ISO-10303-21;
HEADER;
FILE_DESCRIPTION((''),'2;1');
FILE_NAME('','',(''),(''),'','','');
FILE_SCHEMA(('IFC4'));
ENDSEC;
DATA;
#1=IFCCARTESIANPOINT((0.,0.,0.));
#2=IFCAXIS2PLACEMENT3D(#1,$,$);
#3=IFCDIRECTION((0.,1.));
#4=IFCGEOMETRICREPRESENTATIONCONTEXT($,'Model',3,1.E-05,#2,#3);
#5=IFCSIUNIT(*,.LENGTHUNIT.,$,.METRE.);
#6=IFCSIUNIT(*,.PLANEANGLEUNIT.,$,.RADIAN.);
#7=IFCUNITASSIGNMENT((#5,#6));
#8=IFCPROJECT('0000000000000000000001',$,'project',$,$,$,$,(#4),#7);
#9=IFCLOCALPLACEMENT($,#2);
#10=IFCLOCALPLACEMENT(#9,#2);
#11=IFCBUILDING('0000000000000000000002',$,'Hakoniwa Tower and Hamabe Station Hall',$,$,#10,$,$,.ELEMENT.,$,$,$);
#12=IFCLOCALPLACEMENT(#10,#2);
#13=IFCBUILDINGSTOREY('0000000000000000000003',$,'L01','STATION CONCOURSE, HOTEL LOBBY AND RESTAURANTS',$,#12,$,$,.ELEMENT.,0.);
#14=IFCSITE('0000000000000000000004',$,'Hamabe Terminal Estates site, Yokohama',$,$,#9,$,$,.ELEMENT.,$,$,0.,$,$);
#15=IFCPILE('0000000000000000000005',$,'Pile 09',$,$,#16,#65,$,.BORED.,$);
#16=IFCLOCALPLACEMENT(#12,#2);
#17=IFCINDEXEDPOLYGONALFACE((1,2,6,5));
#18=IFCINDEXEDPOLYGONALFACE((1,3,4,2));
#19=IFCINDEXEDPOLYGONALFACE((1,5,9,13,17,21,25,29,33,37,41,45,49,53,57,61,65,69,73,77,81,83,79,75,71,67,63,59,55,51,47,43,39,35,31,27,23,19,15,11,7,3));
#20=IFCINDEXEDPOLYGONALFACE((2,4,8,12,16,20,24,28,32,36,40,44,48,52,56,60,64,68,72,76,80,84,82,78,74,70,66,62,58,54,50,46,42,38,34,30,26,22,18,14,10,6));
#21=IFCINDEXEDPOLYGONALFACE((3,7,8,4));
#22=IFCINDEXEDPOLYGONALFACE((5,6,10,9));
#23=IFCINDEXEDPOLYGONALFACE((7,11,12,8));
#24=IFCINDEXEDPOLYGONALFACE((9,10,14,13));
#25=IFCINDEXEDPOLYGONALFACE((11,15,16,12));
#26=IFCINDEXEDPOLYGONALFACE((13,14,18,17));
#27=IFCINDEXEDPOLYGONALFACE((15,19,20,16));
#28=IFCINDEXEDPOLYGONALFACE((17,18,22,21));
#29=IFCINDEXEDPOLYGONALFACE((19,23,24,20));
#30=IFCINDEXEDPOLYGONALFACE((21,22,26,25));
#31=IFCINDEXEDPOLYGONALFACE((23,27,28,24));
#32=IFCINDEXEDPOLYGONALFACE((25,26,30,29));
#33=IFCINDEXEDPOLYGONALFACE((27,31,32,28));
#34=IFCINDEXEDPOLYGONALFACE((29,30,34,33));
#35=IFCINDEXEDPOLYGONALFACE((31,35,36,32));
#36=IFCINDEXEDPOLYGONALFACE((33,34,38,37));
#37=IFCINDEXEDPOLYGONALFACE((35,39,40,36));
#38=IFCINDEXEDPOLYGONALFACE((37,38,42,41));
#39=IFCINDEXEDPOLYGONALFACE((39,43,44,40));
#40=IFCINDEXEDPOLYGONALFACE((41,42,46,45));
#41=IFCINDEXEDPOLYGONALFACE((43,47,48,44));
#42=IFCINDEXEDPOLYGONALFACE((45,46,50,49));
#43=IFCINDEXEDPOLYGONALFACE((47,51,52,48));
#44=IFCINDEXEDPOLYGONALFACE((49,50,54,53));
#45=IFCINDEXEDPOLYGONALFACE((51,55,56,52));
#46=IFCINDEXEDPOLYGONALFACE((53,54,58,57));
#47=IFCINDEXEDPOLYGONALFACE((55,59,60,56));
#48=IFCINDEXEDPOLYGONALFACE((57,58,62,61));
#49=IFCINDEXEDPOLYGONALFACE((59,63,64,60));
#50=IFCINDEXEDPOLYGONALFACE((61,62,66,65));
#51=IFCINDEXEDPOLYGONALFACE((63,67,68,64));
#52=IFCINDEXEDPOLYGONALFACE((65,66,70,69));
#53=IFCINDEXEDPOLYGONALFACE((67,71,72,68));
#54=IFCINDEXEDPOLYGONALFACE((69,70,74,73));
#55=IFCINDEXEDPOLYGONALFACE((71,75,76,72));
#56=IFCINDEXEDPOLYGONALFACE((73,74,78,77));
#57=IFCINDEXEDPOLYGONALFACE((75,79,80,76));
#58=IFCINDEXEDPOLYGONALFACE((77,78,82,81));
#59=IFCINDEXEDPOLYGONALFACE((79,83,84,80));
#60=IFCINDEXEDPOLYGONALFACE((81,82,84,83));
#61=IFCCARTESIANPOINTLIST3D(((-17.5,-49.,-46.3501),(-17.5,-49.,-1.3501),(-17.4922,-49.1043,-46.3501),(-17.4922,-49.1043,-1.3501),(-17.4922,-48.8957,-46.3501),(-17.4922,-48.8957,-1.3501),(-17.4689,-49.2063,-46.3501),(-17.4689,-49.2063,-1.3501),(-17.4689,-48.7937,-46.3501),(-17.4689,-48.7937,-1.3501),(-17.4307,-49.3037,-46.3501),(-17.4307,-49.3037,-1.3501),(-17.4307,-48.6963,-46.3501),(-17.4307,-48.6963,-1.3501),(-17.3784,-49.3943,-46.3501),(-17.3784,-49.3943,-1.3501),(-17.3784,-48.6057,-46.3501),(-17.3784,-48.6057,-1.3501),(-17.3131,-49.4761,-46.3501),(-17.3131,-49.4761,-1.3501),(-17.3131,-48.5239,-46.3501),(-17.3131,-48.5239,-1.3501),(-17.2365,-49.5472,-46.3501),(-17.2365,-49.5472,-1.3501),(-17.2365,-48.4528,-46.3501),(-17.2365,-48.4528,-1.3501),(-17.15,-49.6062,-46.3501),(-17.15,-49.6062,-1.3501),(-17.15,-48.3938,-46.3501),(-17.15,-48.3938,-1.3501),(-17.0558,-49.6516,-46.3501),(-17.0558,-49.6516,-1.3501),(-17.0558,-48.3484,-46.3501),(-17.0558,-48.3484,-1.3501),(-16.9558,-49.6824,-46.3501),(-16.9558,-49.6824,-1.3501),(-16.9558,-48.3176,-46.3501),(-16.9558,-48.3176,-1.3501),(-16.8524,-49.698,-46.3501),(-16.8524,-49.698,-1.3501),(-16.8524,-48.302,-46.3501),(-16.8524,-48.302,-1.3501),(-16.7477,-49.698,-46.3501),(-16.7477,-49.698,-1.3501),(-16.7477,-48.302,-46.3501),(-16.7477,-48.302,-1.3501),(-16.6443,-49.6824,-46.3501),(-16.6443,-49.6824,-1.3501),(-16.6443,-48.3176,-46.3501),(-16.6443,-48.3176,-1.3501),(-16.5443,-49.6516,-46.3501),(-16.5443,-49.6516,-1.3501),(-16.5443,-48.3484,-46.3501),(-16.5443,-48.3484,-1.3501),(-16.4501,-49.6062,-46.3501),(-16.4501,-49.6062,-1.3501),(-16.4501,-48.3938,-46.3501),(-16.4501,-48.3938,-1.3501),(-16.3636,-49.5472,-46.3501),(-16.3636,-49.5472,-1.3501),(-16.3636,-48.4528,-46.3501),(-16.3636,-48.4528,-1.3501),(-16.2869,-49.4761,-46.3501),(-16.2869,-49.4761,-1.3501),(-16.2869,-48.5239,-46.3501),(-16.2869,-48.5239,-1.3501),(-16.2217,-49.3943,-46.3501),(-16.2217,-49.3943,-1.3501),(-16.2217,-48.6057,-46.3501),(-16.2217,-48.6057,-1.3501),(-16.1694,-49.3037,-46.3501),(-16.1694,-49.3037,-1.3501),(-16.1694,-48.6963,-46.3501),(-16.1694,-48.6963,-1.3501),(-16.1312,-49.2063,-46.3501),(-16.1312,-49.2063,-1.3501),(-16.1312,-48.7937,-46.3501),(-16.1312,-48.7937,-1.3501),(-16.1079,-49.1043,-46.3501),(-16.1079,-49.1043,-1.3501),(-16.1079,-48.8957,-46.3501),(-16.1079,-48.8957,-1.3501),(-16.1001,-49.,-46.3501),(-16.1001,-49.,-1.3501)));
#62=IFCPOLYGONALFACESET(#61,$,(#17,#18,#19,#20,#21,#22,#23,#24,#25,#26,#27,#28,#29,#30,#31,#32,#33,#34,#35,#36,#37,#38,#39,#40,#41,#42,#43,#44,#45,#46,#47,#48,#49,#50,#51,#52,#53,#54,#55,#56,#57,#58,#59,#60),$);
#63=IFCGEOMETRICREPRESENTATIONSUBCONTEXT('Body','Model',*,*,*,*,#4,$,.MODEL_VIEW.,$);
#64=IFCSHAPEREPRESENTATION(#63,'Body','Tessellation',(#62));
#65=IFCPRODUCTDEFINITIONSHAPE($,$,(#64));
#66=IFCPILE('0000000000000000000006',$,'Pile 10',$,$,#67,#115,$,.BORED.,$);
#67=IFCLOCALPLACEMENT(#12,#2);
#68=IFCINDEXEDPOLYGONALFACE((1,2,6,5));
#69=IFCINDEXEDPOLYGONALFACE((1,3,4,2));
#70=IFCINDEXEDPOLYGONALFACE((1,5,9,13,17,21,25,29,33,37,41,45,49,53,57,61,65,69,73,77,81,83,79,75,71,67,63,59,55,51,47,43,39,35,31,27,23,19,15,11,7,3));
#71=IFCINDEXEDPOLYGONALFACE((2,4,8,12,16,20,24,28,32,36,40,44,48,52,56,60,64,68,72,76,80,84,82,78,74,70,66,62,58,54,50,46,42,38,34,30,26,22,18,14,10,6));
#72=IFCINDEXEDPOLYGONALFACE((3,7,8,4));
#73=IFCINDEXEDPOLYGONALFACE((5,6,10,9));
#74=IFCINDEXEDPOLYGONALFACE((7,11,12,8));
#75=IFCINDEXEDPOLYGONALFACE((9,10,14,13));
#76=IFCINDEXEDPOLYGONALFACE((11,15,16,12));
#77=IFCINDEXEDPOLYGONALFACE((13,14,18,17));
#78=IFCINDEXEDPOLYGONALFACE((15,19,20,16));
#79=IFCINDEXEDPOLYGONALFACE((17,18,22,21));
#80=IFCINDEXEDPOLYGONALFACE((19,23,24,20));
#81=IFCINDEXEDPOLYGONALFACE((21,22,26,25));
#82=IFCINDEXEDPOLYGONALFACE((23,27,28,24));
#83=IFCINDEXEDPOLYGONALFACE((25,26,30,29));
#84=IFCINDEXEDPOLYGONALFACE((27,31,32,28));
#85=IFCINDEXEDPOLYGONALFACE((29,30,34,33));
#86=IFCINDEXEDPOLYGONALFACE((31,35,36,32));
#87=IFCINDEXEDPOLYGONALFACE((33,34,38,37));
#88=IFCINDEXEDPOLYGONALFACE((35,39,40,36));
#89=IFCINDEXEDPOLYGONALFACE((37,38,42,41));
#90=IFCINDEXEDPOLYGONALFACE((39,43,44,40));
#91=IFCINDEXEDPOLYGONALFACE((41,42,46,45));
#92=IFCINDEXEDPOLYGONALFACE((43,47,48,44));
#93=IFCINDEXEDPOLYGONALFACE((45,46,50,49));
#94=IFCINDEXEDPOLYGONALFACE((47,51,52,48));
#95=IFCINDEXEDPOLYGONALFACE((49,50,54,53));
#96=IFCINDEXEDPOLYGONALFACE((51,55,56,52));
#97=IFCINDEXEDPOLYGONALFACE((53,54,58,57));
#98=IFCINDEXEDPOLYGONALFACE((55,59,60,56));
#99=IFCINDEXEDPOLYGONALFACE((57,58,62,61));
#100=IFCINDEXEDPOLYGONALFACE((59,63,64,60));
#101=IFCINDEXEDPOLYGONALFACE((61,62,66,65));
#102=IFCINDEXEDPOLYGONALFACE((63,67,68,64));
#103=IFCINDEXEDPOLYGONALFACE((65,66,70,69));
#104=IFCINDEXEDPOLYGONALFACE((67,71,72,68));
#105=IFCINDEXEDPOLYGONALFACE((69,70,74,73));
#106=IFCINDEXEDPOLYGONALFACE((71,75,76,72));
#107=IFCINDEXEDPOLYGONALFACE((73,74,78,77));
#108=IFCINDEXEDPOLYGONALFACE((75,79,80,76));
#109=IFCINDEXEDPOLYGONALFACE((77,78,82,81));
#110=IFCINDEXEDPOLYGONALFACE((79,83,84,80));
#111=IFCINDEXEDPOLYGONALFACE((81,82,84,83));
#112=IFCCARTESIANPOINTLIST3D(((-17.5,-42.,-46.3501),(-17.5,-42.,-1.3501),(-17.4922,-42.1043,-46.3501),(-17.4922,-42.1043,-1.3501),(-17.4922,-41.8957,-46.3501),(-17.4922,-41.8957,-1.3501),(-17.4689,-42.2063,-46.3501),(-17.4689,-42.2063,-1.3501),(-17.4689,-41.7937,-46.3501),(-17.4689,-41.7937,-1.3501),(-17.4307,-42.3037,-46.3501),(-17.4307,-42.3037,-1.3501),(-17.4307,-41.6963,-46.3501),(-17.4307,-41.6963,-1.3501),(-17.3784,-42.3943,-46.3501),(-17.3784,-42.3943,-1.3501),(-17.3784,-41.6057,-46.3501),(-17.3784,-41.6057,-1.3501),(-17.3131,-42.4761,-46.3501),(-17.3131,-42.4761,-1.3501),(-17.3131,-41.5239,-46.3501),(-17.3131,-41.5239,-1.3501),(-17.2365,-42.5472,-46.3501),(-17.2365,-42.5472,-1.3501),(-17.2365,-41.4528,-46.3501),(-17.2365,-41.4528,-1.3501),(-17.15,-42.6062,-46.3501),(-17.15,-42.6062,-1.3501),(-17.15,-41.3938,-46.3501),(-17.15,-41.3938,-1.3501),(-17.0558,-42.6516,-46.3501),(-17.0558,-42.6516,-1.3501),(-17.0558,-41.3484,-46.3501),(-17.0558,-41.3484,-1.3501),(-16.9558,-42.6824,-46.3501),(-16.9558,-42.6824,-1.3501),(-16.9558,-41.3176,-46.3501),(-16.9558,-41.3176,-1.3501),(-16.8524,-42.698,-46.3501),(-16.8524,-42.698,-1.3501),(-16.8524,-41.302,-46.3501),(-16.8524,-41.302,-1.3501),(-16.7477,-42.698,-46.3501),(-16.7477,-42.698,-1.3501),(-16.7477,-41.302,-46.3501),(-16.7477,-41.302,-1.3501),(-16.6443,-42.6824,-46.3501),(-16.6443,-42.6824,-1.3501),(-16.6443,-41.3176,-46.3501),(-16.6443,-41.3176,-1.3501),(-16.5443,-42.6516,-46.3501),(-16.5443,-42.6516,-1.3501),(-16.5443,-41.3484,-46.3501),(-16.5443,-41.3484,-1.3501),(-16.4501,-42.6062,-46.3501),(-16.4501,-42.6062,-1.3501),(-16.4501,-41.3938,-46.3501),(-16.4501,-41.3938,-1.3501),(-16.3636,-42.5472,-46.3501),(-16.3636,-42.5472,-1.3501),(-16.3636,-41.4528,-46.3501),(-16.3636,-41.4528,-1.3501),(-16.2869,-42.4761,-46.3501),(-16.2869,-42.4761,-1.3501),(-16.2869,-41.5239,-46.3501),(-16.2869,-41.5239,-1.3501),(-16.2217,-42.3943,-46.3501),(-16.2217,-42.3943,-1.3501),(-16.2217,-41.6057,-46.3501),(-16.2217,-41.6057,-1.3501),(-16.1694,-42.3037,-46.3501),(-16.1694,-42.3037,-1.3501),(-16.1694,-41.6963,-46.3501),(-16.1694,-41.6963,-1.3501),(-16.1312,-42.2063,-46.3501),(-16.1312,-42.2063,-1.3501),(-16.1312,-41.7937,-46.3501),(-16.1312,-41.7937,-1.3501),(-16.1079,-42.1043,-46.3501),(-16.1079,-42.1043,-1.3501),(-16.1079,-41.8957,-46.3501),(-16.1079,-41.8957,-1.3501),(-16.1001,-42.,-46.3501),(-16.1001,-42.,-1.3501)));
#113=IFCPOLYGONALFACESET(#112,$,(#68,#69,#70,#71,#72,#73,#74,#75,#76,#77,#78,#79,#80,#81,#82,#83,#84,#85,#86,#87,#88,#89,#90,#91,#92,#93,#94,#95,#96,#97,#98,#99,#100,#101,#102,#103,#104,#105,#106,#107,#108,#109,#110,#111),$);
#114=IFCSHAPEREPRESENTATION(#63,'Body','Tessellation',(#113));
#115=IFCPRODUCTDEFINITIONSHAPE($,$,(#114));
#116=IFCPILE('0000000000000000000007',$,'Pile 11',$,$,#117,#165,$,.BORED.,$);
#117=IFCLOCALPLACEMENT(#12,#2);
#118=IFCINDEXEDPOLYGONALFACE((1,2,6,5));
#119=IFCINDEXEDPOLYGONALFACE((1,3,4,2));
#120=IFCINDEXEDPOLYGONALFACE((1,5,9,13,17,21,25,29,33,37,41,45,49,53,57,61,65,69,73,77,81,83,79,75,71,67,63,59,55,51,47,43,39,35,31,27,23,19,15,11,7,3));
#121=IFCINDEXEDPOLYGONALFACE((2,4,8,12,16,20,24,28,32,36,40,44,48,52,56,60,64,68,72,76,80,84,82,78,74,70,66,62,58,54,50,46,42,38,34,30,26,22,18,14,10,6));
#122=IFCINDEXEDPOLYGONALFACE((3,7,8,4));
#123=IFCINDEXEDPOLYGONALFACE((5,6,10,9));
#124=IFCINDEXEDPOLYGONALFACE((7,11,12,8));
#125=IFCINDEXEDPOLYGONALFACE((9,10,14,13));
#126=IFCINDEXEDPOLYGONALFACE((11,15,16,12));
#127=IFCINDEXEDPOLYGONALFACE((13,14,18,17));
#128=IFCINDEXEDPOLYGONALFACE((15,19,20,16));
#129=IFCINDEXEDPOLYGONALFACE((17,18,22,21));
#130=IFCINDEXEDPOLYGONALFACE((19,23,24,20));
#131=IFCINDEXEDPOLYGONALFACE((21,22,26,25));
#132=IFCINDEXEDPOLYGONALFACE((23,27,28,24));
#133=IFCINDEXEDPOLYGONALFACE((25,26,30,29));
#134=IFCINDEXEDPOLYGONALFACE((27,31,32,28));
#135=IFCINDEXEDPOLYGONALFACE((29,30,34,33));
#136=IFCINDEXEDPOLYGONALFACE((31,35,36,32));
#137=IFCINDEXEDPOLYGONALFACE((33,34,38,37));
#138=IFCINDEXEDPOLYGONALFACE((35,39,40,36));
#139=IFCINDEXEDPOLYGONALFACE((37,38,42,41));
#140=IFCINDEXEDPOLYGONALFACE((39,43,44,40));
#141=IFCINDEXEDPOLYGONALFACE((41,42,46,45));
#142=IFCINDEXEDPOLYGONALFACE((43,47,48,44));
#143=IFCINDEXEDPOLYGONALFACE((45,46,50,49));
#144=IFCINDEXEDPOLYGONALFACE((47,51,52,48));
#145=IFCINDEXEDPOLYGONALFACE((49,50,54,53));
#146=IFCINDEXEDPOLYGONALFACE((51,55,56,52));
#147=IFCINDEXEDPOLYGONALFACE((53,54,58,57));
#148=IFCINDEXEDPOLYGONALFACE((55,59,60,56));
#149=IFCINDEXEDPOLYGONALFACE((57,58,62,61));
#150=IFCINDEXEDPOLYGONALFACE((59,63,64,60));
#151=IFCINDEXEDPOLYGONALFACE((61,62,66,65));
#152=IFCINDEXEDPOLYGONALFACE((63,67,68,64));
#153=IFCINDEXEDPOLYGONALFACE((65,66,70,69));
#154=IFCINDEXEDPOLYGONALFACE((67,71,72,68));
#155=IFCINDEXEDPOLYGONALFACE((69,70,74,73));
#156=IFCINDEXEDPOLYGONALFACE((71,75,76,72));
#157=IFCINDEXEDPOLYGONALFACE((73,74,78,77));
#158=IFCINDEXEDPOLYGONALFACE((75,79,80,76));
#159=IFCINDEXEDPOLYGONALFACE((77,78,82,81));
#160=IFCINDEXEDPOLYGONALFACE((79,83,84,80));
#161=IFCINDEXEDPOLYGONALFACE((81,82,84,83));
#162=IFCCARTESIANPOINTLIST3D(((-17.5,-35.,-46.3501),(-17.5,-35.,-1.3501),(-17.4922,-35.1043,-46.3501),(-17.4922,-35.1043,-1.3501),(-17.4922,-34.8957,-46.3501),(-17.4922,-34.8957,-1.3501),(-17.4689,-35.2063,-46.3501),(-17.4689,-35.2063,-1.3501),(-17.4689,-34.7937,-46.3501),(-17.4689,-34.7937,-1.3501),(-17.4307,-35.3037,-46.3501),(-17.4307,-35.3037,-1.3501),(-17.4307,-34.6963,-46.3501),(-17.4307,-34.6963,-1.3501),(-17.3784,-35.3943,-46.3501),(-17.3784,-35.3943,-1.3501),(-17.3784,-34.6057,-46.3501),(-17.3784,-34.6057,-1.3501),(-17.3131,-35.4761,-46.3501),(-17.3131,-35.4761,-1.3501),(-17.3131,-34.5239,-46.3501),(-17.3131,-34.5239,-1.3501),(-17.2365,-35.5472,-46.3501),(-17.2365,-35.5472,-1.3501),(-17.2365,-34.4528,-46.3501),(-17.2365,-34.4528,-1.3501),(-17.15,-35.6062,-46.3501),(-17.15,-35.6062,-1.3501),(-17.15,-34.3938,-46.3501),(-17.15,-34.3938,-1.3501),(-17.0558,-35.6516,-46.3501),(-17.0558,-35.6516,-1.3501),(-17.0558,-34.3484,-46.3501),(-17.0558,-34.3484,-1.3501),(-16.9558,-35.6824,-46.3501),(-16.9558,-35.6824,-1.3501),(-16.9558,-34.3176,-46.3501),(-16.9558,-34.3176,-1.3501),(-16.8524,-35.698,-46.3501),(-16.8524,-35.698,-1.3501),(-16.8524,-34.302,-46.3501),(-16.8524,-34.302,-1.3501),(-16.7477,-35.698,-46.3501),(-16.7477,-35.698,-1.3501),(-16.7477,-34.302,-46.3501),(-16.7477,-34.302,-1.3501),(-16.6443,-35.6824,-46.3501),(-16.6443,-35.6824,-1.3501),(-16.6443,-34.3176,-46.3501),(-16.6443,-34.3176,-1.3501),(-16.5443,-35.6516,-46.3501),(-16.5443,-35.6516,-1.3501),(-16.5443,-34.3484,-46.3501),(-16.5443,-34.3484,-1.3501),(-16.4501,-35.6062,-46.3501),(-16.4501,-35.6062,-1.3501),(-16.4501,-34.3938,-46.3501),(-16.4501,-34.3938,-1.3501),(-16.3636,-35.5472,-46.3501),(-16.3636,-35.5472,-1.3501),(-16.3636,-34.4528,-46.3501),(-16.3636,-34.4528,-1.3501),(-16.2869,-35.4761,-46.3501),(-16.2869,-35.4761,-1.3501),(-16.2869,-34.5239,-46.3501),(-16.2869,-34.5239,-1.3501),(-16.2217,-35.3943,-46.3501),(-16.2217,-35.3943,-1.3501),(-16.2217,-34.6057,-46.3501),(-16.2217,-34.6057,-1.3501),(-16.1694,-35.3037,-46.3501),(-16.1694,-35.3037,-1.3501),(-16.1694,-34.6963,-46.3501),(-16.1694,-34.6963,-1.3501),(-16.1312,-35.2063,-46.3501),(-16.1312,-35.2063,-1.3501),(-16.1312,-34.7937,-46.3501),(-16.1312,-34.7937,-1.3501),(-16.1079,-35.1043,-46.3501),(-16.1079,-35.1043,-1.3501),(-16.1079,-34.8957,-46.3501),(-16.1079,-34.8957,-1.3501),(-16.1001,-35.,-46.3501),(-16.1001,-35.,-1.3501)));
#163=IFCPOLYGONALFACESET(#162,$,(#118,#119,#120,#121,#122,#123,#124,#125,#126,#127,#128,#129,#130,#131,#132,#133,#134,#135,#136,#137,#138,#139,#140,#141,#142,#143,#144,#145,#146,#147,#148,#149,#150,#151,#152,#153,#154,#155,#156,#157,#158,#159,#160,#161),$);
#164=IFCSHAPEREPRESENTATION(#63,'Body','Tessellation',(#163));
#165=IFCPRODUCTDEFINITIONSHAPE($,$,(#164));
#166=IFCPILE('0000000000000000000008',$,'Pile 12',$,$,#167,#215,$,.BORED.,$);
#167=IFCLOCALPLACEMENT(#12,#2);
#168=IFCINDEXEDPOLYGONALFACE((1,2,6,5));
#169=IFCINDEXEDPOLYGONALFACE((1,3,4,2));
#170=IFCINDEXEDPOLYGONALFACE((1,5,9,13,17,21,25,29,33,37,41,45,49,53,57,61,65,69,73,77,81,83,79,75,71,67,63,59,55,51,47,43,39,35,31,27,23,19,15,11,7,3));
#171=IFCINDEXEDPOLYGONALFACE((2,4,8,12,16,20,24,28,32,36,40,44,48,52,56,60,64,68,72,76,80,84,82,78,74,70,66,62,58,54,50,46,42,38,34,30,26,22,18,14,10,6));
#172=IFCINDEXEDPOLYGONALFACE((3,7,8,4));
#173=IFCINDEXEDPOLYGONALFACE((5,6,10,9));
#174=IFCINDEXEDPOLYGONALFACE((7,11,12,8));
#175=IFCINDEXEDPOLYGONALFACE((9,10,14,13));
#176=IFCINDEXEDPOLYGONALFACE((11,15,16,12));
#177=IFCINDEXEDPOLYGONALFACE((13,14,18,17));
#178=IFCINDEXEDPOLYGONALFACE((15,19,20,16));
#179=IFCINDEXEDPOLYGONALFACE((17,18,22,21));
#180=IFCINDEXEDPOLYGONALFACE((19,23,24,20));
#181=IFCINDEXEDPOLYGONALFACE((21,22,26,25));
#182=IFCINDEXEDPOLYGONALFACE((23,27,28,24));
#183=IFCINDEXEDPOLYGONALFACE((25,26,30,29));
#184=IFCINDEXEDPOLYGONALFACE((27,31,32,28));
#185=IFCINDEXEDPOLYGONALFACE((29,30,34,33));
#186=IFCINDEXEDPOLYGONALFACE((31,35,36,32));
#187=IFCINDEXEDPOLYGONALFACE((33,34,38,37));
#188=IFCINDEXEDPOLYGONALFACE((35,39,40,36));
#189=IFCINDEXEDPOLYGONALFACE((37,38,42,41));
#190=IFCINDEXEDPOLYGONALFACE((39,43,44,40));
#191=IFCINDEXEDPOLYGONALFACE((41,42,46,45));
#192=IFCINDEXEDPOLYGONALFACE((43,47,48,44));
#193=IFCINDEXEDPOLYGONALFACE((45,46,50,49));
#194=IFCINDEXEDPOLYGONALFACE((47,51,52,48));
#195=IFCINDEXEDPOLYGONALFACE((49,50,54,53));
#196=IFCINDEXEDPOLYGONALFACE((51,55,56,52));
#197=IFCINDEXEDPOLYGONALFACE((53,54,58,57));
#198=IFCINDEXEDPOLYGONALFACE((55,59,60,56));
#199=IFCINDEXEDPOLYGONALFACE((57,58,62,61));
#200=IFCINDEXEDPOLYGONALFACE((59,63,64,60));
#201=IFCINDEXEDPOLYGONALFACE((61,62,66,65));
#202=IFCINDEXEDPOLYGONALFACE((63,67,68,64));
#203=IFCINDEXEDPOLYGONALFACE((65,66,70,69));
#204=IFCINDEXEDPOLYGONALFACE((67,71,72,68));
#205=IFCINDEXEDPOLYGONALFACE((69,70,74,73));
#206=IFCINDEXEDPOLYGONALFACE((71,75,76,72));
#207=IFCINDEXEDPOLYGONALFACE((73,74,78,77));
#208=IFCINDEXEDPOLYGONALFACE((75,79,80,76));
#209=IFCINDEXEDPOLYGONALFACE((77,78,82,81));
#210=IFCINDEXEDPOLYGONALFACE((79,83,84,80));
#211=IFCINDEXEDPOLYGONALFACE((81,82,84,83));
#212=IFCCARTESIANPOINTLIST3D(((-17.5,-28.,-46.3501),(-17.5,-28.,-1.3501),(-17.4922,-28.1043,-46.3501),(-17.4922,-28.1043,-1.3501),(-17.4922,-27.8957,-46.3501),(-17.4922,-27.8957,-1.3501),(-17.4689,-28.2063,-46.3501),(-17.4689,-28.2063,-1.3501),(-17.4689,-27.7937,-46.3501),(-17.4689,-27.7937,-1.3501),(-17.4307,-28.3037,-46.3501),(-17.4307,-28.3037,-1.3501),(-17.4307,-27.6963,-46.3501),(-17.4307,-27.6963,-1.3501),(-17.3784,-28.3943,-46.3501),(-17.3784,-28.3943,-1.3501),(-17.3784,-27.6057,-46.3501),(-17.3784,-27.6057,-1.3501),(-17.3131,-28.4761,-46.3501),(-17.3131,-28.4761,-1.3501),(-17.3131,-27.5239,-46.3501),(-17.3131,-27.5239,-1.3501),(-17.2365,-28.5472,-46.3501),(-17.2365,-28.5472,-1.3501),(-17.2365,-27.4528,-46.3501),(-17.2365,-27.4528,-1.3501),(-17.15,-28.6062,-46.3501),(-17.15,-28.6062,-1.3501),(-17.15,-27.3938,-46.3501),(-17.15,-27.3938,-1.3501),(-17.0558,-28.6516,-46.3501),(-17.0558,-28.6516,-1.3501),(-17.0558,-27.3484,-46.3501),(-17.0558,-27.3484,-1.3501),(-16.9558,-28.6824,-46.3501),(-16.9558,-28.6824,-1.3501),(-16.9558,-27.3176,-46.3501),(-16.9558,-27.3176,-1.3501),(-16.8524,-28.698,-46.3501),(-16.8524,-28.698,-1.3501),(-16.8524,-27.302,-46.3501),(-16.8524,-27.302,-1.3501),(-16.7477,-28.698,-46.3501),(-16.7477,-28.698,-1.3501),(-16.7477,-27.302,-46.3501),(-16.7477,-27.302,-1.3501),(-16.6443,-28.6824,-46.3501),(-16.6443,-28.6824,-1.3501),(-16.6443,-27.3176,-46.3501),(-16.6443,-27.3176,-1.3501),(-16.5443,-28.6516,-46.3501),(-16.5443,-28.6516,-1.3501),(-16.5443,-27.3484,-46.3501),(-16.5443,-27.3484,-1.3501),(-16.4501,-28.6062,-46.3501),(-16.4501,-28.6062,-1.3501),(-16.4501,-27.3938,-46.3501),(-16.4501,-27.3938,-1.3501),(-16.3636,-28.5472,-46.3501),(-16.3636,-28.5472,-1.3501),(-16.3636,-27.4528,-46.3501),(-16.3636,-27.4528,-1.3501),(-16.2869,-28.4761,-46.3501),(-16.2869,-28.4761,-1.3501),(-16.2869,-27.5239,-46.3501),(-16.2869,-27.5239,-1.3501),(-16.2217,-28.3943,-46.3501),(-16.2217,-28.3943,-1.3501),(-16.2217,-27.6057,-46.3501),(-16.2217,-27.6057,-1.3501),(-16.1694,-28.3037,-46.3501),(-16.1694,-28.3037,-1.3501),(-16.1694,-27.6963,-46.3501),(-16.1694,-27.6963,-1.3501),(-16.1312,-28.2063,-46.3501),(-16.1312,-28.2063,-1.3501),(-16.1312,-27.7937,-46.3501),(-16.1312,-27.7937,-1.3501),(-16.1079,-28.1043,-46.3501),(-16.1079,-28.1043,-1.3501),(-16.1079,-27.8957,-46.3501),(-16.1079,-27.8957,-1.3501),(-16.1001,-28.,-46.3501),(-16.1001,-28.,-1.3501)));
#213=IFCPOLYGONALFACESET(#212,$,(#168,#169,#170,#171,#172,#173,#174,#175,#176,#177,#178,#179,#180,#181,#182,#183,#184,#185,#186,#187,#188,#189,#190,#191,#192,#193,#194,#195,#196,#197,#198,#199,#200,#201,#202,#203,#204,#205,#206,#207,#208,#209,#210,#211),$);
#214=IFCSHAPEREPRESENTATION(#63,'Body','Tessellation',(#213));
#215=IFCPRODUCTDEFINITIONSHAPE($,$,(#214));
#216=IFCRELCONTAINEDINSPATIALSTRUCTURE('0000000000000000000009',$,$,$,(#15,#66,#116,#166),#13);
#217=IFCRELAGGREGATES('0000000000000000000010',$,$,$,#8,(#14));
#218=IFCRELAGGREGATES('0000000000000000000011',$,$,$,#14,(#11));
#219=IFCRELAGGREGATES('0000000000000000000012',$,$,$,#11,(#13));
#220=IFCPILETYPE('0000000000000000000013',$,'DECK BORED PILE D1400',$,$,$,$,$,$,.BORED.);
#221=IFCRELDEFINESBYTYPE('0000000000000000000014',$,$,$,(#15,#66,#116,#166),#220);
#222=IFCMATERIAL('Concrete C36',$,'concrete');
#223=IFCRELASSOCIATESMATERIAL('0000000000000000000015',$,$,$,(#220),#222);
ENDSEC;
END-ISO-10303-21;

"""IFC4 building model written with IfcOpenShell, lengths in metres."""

from ifc_helpers import new_model, si_unit, direction, frame, origin, origin_2d, place, context, subcontext, project, spatial, circle, extrude, material, material_profile, profile_set, type_object, element, save


model = new_model("IFC4")

# Units and contexts
model_context = context("Model", 3, precision=1e-05, world=origin(), true_north=direction((0.0, 1.0)))
body_context = subcontext(model_context, "Body", "Model", "MODEL_VIEW")
ifc_project = project(units=[si_unit("LENGTHUNIT", "METRE"), si_unit("PLANEANGLEUNIT", "RADIAN")], contexts=[model_context])

# Site, building, storey
site_placement = place(None, origin())
site = spatial("IfcSite", under=ifc_project, at=site_placement, Name="Hamabe Terminal Estates site, Yokohama", CompositionType="ELEMENT", RefElevation=0.0)
building_placement = place(site_placement, origin())
building = spatial("IfcBuilding", under=site, at=building_placement, Name="Hakoniwa Tower and Hamabe Station Hall", CompositionType="ELEMENT")
storey_placement = place(building_placement, origin())
storey = spatial("IfcBuildingStorey", under=building, at=storey_placement, Name="L01", Description="STATION CONCOURSE, HOTEL LOBBY AND RESTAURANTS", CompositionType="ELEMENT", Elevation=0.0)

# Piles
ifc_material_1 = material(Name="Concrete C36", Category="concrete")
ifc_material_profile_1 = material_profile(ifc_material_1, circle(Radius=0.7, at=origin_2d()), Name="DECK BORED PILE D1400")
ifc_profile_set_1 = profile_set([ifc_material_profile_1], Name="Concrete C36")
pile_type = type_object("IfcPileType", Name="DECK BORED PILE D1400", PredefinedType="BORED", material=ifc_profile_set_1)
for number, where, z_axis, x_axis, name in (
    (1, (-16.8, -49.0, -1.3501), (0.0, 0.0, -1.0), (1.0, 0.0, 0.0), "Pile 09"),
    (2, (-16.8, -42.0, -1.3501), (0.0, 0.0, -1.0), (1.0, 0.0, 0.0), "Pile 10"),
    (3, (-16.8, -35.0, -1.3501), (0.0, 0.0, -1.0), (1.0, 0.0, 0.0), "Pile 11"),
    (4, (-16.8, -28.0, -1.3501), (0.0, 0.0, -1.0), (1.0, 0.0, 0.0), "Pile 12"),
):
    element("IfcPile", number, at=place(storey_placement, frame(where, z_axis=z_axis, x_axis=x_axis)), inside=storey, type_object=pile_type, Name=name, PredefinedType="BORED", context=body_context, shape_type="SweptSolid", body=[
        extrude(circle(Radius=0.7, at=origin_2d()), origin(), (0.0, 0.0, 1.0), 45.0),
    ])

save(model, "model.ifc")
